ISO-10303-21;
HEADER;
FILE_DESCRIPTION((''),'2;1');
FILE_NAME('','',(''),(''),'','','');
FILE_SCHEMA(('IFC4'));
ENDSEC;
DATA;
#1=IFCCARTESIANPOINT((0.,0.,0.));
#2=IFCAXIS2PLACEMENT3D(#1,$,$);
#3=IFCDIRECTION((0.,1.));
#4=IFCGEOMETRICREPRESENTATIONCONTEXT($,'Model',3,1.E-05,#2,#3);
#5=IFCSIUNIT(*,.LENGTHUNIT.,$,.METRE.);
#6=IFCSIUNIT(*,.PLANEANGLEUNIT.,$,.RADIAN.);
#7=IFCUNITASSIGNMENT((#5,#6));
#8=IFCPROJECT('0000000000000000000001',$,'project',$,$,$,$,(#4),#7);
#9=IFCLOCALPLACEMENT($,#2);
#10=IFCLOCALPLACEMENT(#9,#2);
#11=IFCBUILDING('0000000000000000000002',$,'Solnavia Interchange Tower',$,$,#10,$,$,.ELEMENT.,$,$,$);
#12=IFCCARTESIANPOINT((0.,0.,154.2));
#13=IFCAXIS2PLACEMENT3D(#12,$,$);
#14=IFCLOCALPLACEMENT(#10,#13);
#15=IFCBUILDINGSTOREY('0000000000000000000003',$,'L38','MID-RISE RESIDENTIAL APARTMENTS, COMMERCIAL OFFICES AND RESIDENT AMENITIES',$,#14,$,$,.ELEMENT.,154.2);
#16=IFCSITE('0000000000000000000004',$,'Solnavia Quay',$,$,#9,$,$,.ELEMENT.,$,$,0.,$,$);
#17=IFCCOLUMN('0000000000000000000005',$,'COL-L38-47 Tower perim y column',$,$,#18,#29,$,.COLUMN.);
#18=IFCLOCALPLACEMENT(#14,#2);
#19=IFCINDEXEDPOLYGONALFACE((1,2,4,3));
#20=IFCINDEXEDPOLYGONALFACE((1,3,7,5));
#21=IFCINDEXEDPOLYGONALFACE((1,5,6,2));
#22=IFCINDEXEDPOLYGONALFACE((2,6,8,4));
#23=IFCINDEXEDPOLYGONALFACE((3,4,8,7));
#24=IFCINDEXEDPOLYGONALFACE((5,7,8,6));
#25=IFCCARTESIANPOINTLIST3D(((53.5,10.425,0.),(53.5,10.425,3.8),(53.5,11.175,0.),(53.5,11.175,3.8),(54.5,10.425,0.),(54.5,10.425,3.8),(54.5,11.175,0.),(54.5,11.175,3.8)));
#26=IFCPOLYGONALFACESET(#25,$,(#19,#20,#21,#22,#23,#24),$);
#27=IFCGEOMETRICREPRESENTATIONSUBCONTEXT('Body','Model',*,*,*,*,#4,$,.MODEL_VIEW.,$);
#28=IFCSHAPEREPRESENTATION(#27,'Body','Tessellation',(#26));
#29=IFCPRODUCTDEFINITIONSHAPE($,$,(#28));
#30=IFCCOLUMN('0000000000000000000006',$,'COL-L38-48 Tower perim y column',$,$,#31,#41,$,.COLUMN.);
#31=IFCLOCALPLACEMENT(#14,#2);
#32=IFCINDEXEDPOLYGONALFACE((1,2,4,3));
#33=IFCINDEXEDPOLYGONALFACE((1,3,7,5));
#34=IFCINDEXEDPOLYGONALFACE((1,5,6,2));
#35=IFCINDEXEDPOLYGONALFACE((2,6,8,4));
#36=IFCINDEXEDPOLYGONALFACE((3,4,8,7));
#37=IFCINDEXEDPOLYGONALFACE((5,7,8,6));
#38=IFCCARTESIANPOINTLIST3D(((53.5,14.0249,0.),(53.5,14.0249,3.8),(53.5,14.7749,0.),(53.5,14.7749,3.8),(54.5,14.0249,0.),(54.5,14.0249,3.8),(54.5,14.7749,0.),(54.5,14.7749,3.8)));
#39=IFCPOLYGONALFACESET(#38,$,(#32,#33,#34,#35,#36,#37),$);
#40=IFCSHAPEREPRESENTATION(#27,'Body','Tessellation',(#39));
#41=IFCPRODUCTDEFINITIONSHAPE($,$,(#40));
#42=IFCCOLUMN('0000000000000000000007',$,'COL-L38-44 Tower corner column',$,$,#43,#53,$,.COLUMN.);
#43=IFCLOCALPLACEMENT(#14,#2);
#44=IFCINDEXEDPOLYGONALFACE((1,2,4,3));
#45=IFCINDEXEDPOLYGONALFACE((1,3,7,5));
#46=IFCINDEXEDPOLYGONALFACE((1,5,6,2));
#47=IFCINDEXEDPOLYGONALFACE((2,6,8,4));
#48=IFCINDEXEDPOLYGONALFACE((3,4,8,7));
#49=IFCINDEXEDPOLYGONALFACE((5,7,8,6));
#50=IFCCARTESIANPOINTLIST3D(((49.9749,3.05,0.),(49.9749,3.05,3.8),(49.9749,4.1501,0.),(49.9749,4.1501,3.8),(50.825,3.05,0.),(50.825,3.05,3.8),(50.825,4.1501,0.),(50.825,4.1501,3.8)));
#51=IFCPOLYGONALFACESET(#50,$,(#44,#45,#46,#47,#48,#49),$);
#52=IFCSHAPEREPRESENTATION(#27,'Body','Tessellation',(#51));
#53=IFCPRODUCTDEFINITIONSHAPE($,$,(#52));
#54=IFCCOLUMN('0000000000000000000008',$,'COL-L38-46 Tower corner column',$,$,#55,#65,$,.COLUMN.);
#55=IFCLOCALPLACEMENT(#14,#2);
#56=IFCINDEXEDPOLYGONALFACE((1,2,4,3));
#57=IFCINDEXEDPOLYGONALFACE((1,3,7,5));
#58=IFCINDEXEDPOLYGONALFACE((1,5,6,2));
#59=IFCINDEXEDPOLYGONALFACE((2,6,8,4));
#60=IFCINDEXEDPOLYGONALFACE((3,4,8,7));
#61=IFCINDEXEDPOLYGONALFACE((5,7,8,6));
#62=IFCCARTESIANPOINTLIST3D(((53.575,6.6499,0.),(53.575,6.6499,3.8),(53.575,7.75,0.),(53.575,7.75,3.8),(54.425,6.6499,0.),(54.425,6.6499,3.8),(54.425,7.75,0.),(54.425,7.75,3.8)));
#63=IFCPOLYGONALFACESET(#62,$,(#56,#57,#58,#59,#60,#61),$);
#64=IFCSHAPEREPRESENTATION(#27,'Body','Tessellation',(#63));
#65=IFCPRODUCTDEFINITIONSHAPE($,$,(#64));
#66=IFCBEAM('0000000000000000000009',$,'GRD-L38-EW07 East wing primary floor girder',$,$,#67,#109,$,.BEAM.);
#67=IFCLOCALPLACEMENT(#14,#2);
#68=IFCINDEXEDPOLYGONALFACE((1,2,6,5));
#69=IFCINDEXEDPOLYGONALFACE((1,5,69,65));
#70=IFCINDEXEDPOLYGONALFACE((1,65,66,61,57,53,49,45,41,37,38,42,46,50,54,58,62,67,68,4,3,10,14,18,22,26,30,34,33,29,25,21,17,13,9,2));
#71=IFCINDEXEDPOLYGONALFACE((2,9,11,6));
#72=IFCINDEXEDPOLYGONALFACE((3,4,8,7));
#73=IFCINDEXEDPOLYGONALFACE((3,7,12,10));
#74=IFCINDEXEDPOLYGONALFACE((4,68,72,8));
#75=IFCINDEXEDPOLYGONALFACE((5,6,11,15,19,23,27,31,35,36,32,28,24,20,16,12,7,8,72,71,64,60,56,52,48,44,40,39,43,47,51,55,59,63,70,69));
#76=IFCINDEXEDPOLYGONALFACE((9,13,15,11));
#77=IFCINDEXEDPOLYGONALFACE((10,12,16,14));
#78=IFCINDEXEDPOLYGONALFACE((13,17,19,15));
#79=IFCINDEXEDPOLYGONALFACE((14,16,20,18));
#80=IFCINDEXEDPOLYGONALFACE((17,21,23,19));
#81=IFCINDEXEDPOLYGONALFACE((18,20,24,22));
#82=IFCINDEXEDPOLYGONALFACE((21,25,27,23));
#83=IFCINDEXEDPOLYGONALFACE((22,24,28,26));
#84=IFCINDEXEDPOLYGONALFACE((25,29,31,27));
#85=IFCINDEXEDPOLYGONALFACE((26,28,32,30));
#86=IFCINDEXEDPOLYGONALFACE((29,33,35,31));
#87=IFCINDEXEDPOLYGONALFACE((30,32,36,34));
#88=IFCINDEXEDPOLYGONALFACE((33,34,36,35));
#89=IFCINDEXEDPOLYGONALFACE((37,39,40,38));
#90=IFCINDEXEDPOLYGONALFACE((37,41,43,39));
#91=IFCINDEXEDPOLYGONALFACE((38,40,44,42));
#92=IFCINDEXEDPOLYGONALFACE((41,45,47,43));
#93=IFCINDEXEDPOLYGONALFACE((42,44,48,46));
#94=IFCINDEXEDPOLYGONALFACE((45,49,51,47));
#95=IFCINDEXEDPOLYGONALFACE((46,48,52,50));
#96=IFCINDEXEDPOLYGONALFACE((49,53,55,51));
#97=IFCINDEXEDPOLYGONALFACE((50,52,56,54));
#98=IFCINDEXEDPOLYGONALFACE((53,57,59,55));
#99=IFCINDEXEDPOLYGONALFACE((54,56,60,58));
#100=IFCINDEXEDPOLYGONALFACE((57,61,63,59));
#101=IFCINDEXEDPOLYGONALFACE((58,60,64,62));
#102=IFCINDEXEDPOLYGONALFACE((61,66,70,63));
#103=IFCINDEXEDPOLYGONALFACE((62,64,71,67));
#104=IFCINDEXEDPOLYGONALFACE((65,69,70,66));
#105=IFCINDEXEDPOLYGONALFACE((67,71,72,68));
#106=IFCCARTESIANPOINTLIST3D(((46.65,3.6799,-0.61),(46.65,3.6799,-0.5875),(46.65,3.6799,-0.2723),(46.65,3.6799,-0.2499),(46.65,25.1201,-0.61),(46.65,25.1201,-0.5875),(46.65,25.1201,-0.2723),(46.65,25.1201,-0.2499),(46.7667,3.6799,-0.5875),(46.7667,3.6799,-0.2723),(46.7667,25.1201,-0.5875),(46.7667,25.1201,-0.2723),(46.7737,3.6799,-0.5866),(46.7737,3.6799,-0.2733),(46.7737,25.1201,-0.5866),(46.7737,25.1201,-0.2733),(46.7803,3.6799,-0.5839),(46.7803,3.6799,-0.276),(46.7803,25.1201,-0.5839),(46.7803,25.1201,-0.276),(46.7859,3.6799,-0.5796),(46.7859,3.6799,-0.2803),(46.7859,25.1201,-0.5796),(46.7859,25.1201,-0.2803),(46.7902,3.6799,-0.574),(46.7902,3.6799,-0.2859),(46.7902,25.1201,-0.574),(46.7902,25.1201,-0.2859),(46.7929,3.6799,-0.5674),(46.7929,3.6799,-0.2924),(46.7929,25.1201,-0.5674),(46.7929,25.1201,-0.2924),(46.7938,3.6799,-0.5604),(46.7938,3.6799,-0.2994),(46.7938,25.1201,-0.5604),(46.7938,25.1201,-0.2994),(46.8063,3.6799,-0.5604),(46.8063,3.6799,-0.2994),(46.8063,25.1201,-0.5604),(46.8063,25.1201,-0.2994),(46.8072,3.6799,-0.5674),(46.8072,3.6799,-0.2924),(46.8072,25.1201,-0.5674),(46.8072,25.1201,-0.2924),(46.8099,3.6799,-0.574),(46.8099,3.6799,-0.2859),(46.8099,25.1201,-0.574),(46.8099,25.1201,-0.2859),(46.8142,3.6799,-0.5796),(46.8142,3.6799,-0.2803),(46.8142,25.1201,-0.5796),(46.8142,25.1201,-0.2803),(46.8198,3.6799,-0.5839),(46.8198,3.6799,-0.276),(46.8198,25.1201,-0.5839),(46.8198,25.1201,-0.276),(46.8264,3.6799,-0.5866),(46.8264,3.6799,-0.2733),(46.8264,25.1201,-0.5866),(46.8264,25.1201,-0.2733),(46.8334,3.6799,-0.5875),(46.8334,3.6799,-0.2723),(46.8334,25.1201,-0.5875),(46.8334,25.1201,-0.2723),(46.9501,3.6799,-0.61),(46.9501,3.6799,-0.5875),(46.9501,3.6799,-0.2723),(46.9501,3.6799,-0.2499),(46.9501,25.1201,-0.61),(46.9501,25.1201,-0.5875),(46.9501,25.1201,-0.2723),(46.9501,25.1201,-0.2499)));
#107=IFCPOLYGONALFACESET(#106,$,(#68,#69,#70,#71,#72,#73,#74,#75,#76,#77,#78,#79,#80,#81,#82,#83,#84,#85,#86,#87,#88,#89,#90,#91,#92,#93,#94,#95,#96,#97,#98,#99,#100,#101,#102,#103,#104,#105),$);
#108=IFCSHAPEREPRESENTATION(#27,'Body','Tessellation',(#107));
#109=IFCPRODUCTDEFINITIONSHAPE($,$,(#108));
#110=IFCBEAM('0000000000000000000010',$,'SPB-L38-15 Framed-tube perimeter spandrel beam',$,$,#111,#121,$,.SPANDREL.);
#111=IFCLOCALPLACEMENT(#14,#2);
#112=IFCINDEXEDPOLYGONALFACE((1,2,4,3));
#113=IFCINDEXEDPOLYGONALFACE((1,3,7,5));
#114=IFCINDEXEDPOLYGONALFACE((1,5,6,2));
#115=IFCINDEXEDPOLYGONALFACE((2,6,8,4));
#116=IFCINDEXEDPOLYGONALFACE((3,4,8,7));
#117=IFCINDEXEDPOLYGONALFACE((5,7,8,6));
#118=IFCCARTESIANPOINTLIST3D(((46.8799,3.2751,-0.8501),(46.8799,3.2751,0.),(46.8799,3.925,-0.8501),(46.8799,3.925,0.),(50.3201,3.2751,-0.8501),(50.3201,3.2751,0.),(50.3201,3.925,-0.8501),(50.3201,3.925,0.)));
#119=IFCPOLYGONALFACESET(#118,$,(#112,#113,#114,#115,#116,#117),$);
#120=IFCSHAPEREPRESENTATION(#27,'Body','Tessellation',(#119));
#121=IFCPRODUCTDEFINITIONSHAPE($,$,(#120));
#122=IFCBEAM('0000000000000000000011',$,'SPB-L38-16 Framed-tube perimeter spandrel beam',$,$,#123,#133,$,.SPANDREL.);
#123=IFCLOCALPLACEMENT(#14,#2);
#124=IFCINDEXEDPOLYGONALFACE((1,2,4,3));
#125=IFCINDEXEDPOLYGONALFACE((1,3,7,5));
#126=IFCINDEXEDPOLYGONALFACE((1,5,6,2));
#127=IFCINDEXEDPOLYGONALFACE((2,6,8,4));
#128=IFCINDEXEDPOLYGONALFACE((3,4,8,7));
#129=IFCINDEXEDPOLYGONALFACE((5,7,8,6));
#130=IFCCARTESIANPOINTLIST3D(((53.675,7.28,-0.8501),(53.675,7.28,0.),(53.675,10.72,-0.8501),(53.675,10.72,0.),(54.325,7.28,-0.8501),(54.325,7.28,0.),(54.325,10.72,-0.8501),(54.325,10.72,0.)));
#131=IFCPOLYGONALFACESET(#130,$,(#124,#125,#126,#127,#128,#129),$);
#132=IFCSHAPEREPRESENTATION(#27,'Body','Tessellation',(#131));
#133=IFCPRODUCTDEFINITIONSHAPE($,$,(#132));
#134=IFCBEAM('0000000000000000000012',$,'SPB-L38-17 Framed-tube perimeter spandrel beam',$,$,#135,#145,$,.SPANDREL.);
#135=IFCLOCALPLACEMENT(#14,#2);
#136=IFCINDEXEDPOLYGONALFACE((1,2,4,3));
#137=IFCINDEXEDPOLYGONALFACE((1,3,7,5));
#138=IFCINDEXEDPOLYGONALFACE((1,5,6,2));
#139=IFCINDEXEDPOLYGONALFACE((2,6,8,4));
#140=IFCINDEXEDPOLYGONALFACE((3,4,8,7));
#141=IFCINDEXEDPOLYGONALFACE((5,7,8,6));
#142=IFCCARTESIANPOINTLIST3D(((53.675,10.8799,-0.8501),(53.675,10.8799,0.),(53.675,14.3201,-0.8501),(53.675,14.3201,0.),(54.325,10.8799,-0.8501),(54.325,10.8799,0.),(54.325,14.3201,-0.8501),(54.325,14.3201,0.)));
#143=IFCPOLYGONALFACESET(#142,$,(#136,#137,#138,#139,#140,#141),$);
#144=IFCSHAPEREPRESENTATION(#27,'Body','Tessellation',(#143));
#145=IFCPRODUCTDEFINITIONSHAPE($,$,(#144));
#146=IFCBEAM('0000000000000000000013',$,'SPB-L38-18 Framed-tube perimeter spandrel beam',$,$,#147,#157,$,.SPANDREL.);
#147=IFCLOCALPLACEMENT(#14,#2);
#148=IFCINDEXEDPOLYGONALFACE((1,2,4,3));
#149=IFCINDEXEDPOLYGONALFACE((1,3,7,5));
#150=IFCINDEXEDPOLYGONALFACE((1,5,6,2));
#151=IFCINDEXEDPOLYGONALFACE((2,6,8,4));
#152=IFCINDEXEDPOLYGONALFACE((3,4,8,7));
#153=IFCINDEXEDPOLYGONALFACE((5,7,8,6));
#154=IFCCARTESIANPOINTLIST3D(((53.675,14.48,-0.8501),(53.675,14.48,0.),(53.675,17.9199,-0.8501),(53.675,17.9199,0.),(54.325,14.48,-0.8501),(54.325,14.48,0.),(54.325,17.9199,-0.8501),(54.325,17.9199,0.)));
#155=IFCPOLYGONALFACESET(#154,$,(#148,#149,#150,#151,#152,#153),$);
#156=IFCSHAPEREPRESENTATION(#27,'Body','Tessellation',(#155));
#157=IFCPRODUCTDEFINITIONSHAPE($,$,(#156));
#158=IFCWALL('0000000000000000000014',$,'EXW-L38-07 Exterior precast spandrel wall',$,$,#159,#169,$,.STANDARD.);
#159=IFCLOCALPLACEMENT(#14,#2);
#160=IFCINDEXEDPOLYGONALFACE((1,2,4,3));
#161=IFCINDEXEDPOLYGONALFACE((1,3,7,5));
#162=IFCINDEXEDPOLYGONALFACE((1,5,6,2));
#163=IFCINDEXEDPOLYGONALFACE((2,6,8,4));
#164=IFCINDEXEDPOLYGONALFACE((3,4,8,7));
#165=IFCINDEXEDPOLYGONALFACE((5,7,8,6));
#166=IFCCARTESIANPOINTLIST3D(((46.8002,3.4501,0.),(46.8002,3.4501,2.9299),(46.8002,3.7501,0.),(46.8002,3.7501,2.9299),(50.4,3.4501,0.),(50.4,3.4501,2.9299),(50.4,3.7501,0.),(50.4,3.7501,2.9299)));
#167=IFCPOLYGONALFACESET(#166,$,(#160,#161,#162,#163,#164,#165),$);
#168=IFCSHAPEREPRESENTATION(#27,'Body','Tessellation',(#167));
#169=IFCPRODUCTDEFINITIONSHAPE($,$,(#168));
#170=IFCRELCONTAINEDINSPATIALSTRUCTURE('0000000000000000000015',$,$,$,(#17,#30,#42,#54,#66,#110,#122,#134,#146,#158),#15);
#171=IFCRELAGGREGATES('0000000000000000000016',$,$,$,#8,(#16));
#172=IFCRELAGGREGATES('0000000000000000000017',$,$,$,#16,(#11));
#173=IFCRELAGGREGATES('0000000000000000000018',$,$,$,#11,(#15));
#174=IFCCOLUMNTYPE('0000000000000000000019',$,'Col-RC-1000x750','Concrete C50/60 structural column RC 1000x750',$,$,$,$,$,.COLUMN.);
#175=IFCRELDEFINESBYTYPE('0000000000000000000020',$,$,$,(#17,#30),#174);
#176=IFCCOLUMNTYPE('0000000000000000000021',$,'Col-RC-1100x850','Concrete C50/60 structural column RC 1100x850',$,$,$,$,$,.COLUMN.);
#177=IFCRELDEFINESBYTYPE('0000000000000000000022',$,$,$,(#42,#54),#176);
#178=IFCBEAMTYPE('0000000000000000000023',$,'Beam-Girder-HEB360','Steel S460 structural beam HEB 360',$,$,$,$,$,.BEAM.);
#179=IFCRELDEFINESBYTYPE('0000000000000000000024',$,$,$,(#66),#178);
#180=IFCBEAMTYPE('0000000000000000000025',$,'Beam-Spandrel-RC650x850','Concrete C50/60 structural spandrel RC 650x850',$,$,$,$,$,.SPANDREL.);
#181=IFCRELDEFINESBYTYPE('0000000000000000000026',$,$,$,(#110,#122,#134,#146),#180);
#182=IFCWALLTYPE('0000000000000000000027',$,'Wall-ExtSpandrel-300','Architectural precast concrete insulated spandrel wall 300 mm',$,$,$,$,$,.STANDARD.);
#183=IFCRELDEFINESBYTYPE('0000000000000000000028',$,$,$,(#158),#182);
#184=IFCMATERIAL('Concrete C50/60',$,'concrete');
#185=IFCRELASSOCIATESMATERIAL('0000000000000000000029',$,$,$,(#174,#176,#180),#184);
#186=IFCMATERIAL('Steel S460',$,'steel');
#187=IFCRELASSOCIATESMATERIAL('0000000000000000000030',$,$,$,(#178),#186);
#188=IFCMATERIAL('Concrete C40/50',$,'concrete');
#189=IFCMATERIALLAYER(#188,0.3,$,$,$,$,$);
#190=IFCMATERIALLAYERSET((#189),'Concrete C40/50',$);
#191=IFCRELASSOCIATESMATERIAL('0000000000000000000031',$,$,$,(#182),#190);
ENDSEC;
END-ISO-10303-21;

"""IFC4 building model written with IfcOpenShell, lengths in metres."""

from ifc_helpers import new_model, si_unit, direction, frame, frame_2d, origin, origin_2d, place, context, subcontext, project, spatial, rectangle, i_section, extrude, material, layer, layer_set, material_profile, profile_set, type_object, element, save


model = new_model("IFC4")

# Units and contexts
model_context = context("Model", 3, precision=1e-05, world=origin(), true_north=direction((0.0, 1.0)))
body_context = subcontext(model_context, "Body", "Model", "MODEL_VIEW")
ifc_project = project(units=[si_unit("LENGTHUNIT", "METRE"), si_unit("PLANEANGLEUNIT", "RADIAN")], contexts=[model_context])

# Site, building, storey
site_placement = place(None, origin())
site = spatial("IfcSite", under=ifc_project, at=site_placement, Name="Solnavia Quay", CompositionType="ELEMENT", RefElevation=0.0)
building_placement = place(site_placement, origin())
building = spatial("IfcBuilding", under=site, at=building_placement, Name="Solnavia Interchange Tower", CompositionType="ELEMENT")
storey_placement = place(building_placement, frame((0.0, 0.0, 154.2)))
storey = spatial("IfcBuildingStorey", under=building, at=storey_placement, Name="L38", Description="MID-RISE RESIDENTIAL APARTMENTS, COMMERCIAL OFFICES AND RESIDENT AMENITIES", CompositionType="ELEMENT", Elevation=154.2)

# Columns
ifc_material_1 = material(Name="Concrete C50/60", Category="concrete")
ifc_material_profile_1 = material_profile(ifc_material_1, rectangle(XDim=0.75, YDim=1.0, at=origin_2d()), Name="RC 1000x750")
ifc_profile_set_1 = profile_set([ifc_material_profile_1], Name="Concrete C50/60")
column_type_1 = type_object("IfcColumnType", Name="Col-RC-1000x750", Description="Concrete C50/60 structural column RC 1000x750", PredefinedType="COLUMN", material=ifc_profile_set_1)
for number, where, z_axis, x_axis, name in (
    (1, (54.0, 10.8, 0.0), (0.0, 0.0, 1.0), (0.0, 1.0, 0.0), "COL-L38-47 Tower perim y column"),
    (2, (54.0, 14.3999, 0.0), (0.0, 0.0, 1.0), (0.0, 1.0, 0.0), "COL-L38-48 Tower perim y column"),
):
    element("IfcColumn", number, at=place(storey_placement, frame(where, z_axis=z_axis, x_axis=x_axis)), inside=storey, type_object=column_type_1, Name=name, PredefinedType="COLUMN", context=body_context, shape_type="SweptSolid", body=[
        extrude(rectangle(XDim=0.75, YDim=1.0, at=origin_2d()), origin(), (0.0, 0.0, 1.0), 3.8),
    ])
ifc_material_profile_2 = material_profile(ifc_material_1, rectangle(XDim=0.8501, YDim=1.1001, at=origin_2d()), Name="RC 1100x850")
ifc_profile_set_2 = profile_set([ifc_material_profile_2], Name="Concrete C50/60")
column_type_2 = type_object("IfcColumnType", Name="Col-RC-1100x850", Description="Concrete C50/60 structural column RC 1100x850", PredefinedType="COLUMN", material=ifc_profile_set_2)
for number, where, z_axis, x_axis, name in (
    (3, (50.3999, 3.6001, 0.0), (0.0, 0.0, 1.0), (1.0, 0.0, 0.0), "COL-L38-44 Tower corner column"),
    (4, (54.0, 7.2, 0.0), (0.0, 0.0, 1.0), (1.0, 0.0, 0.0), "COL-L38-46 Tower corner column"),
):
    element("IfcColumn", number, at=place(storey_placement, frame(where, z_axis=z_axis, x_axis=x_axis)), inside=storey, type_object=column_type_2, Name=name, PredefinedType="COLUMN", context=body_context, shape_type="SweptSolid", body=[
        extrude(rectangle(XDim=0.8501, YDim=1.1001, at=origin_2d()), origin(), (0.0, 0.0, 1.0), 3.8),
    ])

# Beams
ifc_material_2 = material(Name="Steel S460", Category="steel")
ifc_material_profile_3 = material_profile(ifc_material_2, i_section(OverallWidth=0.3, OverallDepth=0.3601, WebThickness=0.0125, FlangeThickness=0.0225, FilletRadius=0.0271, at=origin_2d()), Name="HEB 360")
ifc_profile_set_3 = profile_set([ifc_material_profile_3], Name="Steel S460")
beam_type_1 = type_object("IfcBeamType", Name="Beam-Girder-HEB360", Description="Steel S460 structural beam HEB 360", PredefinedType="BEAM", material=ifc_profile_set_3)
beam_1_placement = place(storey_placement, frame((46.8, 3.6799, -0.4299), z_axis=(0.0, 1.0, 0.0), x_axis=(-1.0, 0.0, 0.0)))
element("IfcBeam", 5, at=beam_1_placement, inside=storey, type_object=beam_type_1, Name="GRD-L38-EW07 East wing primary floor girder", PredefinedType="BEAM", context=body_context, shape_type="SweptSolid", body=[
    extrude(i_section(OverallWidth=0.3, OverallDepth=0.3601, WebThickness=0.0125, FlangeThickness=0.0225, FilletRadius=0.0271, at=origin_2d()), origin(), (0.0, 0.0, 1.0), 21.4402),
])
ifc_material_profile_4 = material_profile(ifc_material_1, rectangle(XDim=0.6499, YDim=0.8501, at=origin_2d()), Name="RC 650x850")
ifc_profile_set_4 = profile_set([ifc_material_profile_4], Name="Concrete C50/60")
beam_type_2 = type_object("IfcBeamType", Name="Beam-Spandrel-RC650x850", Description="Concrete C50/60 structural spandrel RC 650x850", PredefinedType="SPANDREL", material=ifc_profile_set_4)
beam_2_placement = place(storey_placement, frame((46.8799, 3.6001, -0.425), z_axis=(1.0, 0.0, 0.0), x_axis=(0.0, 1.0, 0.0)))
element("IfcBeam", 6, at=beam_2_placement, inside=storey, type_object=beam_type_2, Name="SPB-L38-15 Framed-tube perimeter spandrel beam", PredefinedType="SPANDREL", context=body_context, shape_type="SweptSolid", body=[
    extrude(rectangle(XDim=0.6499, YDim=0.8501, at=origin_2d()), origin(), (0.0, 0.0, 1.0), 3.4402),
])
beam_3_placement = place(storey_placement, frame((54.0, 7.28, -0.425), z_axis=(0.0, 1.0, 0.0), x_axis=(-1.0, 0.0, 0.0)))
element("IfcBeam", 7, at=beam_3_placement, inside=storey, type_object=beam_type_2, Name="SPB-L38-16 Framed-tube perimeter spandrel beam", PredefinedType="SPANDREL", context=body_context, shape_type="SweptSolid", body=[
    extrude(rectangle(XDim=0.6499, YDim=0.8501, at=origin_2d()), origin(), (0.0, 0.0, 1.0), 3.4399),
])
beam_4_placement = place(storey_placement, frame((54.0, 10.8799, -0.425), z_axis=(0.0, 1.0, 0.0), x_axis=(-1.0, 0.0, 0.0)))
element("IfcBeam", 8, at=beam_4_placement, inside=storey, type_object=beam_type_2, Name="SPB-L38-17 Framed-tube perimeter spandrel beam", PredefinedType="SPANDREL", context=body_context, shape_type="SweptSolid", body=[
    extrude(rectangle(XDim=0.6499, YDim=0.8501, at=origin_2d()), origin(), (0.0, 0.0, 1.0), 3.4402),
])
beam_5_placement = place(storey_placement, frame((54.0, 14.48, -0.425), z_axis=(0.0, 1.0, 0.0), x_axis=(-1.0, 0.0, 0.0)))
element("IfcBeam", 9, at=beam_5_placement, inside=storey, type_object=beam_type_2, Name="SPB-L38-18 Framed-tube perimeter spandrel beam", PredefinedType="SPANDREL", context=body_context, shape_type="SweptSolid", body=[
    extrude(rectangle(XDim=0.6499, YDim=0.8501, at=origin_2d()), origin(), (0.0, 0.0, 1.0), 3.4399),
])

# Wall
ifc_material_3 = material(Name="Concrete C40/50", Category="concrete")
ifc_layer_1 = layer(ifc_material_3, 0.3)
ifc_layer_set_1 = layer_set([ifc_layer_1], Name="Concrete C40/50")
wall_type_1 = type_object("IfcWallType", Name="Wall-ExtSpandrel-300", Description="Architectural precast concrete insulated spandrel wall 300 mm", PredefinedType="STANDARD", material=ifc_layer_set_1)
wall_1_placement = place(storey_placement, frame((50.3999, 3.6001, 0.0), z_axis=(0.0, 0.0, 1.0), x_axis=(-1.0, 0.0, 0.0)))
element("IfcWall", 10, at=wall_1_placement, inside=storey, type_object=wall_type_1, Name="EXW-L38-07 Exterior precast spandrel wall", PredefinedType="STANDARD", context=body_context, shape_type="SweptSolid", body=[
    extrude(rectangle(XDim=3.5999, YDim=0.3, at=frame_2d((1.7998, 0.0))), origin(), (0.0, 0.0, 1.0), 2.9299),
])

save(model, "model.ifc")
